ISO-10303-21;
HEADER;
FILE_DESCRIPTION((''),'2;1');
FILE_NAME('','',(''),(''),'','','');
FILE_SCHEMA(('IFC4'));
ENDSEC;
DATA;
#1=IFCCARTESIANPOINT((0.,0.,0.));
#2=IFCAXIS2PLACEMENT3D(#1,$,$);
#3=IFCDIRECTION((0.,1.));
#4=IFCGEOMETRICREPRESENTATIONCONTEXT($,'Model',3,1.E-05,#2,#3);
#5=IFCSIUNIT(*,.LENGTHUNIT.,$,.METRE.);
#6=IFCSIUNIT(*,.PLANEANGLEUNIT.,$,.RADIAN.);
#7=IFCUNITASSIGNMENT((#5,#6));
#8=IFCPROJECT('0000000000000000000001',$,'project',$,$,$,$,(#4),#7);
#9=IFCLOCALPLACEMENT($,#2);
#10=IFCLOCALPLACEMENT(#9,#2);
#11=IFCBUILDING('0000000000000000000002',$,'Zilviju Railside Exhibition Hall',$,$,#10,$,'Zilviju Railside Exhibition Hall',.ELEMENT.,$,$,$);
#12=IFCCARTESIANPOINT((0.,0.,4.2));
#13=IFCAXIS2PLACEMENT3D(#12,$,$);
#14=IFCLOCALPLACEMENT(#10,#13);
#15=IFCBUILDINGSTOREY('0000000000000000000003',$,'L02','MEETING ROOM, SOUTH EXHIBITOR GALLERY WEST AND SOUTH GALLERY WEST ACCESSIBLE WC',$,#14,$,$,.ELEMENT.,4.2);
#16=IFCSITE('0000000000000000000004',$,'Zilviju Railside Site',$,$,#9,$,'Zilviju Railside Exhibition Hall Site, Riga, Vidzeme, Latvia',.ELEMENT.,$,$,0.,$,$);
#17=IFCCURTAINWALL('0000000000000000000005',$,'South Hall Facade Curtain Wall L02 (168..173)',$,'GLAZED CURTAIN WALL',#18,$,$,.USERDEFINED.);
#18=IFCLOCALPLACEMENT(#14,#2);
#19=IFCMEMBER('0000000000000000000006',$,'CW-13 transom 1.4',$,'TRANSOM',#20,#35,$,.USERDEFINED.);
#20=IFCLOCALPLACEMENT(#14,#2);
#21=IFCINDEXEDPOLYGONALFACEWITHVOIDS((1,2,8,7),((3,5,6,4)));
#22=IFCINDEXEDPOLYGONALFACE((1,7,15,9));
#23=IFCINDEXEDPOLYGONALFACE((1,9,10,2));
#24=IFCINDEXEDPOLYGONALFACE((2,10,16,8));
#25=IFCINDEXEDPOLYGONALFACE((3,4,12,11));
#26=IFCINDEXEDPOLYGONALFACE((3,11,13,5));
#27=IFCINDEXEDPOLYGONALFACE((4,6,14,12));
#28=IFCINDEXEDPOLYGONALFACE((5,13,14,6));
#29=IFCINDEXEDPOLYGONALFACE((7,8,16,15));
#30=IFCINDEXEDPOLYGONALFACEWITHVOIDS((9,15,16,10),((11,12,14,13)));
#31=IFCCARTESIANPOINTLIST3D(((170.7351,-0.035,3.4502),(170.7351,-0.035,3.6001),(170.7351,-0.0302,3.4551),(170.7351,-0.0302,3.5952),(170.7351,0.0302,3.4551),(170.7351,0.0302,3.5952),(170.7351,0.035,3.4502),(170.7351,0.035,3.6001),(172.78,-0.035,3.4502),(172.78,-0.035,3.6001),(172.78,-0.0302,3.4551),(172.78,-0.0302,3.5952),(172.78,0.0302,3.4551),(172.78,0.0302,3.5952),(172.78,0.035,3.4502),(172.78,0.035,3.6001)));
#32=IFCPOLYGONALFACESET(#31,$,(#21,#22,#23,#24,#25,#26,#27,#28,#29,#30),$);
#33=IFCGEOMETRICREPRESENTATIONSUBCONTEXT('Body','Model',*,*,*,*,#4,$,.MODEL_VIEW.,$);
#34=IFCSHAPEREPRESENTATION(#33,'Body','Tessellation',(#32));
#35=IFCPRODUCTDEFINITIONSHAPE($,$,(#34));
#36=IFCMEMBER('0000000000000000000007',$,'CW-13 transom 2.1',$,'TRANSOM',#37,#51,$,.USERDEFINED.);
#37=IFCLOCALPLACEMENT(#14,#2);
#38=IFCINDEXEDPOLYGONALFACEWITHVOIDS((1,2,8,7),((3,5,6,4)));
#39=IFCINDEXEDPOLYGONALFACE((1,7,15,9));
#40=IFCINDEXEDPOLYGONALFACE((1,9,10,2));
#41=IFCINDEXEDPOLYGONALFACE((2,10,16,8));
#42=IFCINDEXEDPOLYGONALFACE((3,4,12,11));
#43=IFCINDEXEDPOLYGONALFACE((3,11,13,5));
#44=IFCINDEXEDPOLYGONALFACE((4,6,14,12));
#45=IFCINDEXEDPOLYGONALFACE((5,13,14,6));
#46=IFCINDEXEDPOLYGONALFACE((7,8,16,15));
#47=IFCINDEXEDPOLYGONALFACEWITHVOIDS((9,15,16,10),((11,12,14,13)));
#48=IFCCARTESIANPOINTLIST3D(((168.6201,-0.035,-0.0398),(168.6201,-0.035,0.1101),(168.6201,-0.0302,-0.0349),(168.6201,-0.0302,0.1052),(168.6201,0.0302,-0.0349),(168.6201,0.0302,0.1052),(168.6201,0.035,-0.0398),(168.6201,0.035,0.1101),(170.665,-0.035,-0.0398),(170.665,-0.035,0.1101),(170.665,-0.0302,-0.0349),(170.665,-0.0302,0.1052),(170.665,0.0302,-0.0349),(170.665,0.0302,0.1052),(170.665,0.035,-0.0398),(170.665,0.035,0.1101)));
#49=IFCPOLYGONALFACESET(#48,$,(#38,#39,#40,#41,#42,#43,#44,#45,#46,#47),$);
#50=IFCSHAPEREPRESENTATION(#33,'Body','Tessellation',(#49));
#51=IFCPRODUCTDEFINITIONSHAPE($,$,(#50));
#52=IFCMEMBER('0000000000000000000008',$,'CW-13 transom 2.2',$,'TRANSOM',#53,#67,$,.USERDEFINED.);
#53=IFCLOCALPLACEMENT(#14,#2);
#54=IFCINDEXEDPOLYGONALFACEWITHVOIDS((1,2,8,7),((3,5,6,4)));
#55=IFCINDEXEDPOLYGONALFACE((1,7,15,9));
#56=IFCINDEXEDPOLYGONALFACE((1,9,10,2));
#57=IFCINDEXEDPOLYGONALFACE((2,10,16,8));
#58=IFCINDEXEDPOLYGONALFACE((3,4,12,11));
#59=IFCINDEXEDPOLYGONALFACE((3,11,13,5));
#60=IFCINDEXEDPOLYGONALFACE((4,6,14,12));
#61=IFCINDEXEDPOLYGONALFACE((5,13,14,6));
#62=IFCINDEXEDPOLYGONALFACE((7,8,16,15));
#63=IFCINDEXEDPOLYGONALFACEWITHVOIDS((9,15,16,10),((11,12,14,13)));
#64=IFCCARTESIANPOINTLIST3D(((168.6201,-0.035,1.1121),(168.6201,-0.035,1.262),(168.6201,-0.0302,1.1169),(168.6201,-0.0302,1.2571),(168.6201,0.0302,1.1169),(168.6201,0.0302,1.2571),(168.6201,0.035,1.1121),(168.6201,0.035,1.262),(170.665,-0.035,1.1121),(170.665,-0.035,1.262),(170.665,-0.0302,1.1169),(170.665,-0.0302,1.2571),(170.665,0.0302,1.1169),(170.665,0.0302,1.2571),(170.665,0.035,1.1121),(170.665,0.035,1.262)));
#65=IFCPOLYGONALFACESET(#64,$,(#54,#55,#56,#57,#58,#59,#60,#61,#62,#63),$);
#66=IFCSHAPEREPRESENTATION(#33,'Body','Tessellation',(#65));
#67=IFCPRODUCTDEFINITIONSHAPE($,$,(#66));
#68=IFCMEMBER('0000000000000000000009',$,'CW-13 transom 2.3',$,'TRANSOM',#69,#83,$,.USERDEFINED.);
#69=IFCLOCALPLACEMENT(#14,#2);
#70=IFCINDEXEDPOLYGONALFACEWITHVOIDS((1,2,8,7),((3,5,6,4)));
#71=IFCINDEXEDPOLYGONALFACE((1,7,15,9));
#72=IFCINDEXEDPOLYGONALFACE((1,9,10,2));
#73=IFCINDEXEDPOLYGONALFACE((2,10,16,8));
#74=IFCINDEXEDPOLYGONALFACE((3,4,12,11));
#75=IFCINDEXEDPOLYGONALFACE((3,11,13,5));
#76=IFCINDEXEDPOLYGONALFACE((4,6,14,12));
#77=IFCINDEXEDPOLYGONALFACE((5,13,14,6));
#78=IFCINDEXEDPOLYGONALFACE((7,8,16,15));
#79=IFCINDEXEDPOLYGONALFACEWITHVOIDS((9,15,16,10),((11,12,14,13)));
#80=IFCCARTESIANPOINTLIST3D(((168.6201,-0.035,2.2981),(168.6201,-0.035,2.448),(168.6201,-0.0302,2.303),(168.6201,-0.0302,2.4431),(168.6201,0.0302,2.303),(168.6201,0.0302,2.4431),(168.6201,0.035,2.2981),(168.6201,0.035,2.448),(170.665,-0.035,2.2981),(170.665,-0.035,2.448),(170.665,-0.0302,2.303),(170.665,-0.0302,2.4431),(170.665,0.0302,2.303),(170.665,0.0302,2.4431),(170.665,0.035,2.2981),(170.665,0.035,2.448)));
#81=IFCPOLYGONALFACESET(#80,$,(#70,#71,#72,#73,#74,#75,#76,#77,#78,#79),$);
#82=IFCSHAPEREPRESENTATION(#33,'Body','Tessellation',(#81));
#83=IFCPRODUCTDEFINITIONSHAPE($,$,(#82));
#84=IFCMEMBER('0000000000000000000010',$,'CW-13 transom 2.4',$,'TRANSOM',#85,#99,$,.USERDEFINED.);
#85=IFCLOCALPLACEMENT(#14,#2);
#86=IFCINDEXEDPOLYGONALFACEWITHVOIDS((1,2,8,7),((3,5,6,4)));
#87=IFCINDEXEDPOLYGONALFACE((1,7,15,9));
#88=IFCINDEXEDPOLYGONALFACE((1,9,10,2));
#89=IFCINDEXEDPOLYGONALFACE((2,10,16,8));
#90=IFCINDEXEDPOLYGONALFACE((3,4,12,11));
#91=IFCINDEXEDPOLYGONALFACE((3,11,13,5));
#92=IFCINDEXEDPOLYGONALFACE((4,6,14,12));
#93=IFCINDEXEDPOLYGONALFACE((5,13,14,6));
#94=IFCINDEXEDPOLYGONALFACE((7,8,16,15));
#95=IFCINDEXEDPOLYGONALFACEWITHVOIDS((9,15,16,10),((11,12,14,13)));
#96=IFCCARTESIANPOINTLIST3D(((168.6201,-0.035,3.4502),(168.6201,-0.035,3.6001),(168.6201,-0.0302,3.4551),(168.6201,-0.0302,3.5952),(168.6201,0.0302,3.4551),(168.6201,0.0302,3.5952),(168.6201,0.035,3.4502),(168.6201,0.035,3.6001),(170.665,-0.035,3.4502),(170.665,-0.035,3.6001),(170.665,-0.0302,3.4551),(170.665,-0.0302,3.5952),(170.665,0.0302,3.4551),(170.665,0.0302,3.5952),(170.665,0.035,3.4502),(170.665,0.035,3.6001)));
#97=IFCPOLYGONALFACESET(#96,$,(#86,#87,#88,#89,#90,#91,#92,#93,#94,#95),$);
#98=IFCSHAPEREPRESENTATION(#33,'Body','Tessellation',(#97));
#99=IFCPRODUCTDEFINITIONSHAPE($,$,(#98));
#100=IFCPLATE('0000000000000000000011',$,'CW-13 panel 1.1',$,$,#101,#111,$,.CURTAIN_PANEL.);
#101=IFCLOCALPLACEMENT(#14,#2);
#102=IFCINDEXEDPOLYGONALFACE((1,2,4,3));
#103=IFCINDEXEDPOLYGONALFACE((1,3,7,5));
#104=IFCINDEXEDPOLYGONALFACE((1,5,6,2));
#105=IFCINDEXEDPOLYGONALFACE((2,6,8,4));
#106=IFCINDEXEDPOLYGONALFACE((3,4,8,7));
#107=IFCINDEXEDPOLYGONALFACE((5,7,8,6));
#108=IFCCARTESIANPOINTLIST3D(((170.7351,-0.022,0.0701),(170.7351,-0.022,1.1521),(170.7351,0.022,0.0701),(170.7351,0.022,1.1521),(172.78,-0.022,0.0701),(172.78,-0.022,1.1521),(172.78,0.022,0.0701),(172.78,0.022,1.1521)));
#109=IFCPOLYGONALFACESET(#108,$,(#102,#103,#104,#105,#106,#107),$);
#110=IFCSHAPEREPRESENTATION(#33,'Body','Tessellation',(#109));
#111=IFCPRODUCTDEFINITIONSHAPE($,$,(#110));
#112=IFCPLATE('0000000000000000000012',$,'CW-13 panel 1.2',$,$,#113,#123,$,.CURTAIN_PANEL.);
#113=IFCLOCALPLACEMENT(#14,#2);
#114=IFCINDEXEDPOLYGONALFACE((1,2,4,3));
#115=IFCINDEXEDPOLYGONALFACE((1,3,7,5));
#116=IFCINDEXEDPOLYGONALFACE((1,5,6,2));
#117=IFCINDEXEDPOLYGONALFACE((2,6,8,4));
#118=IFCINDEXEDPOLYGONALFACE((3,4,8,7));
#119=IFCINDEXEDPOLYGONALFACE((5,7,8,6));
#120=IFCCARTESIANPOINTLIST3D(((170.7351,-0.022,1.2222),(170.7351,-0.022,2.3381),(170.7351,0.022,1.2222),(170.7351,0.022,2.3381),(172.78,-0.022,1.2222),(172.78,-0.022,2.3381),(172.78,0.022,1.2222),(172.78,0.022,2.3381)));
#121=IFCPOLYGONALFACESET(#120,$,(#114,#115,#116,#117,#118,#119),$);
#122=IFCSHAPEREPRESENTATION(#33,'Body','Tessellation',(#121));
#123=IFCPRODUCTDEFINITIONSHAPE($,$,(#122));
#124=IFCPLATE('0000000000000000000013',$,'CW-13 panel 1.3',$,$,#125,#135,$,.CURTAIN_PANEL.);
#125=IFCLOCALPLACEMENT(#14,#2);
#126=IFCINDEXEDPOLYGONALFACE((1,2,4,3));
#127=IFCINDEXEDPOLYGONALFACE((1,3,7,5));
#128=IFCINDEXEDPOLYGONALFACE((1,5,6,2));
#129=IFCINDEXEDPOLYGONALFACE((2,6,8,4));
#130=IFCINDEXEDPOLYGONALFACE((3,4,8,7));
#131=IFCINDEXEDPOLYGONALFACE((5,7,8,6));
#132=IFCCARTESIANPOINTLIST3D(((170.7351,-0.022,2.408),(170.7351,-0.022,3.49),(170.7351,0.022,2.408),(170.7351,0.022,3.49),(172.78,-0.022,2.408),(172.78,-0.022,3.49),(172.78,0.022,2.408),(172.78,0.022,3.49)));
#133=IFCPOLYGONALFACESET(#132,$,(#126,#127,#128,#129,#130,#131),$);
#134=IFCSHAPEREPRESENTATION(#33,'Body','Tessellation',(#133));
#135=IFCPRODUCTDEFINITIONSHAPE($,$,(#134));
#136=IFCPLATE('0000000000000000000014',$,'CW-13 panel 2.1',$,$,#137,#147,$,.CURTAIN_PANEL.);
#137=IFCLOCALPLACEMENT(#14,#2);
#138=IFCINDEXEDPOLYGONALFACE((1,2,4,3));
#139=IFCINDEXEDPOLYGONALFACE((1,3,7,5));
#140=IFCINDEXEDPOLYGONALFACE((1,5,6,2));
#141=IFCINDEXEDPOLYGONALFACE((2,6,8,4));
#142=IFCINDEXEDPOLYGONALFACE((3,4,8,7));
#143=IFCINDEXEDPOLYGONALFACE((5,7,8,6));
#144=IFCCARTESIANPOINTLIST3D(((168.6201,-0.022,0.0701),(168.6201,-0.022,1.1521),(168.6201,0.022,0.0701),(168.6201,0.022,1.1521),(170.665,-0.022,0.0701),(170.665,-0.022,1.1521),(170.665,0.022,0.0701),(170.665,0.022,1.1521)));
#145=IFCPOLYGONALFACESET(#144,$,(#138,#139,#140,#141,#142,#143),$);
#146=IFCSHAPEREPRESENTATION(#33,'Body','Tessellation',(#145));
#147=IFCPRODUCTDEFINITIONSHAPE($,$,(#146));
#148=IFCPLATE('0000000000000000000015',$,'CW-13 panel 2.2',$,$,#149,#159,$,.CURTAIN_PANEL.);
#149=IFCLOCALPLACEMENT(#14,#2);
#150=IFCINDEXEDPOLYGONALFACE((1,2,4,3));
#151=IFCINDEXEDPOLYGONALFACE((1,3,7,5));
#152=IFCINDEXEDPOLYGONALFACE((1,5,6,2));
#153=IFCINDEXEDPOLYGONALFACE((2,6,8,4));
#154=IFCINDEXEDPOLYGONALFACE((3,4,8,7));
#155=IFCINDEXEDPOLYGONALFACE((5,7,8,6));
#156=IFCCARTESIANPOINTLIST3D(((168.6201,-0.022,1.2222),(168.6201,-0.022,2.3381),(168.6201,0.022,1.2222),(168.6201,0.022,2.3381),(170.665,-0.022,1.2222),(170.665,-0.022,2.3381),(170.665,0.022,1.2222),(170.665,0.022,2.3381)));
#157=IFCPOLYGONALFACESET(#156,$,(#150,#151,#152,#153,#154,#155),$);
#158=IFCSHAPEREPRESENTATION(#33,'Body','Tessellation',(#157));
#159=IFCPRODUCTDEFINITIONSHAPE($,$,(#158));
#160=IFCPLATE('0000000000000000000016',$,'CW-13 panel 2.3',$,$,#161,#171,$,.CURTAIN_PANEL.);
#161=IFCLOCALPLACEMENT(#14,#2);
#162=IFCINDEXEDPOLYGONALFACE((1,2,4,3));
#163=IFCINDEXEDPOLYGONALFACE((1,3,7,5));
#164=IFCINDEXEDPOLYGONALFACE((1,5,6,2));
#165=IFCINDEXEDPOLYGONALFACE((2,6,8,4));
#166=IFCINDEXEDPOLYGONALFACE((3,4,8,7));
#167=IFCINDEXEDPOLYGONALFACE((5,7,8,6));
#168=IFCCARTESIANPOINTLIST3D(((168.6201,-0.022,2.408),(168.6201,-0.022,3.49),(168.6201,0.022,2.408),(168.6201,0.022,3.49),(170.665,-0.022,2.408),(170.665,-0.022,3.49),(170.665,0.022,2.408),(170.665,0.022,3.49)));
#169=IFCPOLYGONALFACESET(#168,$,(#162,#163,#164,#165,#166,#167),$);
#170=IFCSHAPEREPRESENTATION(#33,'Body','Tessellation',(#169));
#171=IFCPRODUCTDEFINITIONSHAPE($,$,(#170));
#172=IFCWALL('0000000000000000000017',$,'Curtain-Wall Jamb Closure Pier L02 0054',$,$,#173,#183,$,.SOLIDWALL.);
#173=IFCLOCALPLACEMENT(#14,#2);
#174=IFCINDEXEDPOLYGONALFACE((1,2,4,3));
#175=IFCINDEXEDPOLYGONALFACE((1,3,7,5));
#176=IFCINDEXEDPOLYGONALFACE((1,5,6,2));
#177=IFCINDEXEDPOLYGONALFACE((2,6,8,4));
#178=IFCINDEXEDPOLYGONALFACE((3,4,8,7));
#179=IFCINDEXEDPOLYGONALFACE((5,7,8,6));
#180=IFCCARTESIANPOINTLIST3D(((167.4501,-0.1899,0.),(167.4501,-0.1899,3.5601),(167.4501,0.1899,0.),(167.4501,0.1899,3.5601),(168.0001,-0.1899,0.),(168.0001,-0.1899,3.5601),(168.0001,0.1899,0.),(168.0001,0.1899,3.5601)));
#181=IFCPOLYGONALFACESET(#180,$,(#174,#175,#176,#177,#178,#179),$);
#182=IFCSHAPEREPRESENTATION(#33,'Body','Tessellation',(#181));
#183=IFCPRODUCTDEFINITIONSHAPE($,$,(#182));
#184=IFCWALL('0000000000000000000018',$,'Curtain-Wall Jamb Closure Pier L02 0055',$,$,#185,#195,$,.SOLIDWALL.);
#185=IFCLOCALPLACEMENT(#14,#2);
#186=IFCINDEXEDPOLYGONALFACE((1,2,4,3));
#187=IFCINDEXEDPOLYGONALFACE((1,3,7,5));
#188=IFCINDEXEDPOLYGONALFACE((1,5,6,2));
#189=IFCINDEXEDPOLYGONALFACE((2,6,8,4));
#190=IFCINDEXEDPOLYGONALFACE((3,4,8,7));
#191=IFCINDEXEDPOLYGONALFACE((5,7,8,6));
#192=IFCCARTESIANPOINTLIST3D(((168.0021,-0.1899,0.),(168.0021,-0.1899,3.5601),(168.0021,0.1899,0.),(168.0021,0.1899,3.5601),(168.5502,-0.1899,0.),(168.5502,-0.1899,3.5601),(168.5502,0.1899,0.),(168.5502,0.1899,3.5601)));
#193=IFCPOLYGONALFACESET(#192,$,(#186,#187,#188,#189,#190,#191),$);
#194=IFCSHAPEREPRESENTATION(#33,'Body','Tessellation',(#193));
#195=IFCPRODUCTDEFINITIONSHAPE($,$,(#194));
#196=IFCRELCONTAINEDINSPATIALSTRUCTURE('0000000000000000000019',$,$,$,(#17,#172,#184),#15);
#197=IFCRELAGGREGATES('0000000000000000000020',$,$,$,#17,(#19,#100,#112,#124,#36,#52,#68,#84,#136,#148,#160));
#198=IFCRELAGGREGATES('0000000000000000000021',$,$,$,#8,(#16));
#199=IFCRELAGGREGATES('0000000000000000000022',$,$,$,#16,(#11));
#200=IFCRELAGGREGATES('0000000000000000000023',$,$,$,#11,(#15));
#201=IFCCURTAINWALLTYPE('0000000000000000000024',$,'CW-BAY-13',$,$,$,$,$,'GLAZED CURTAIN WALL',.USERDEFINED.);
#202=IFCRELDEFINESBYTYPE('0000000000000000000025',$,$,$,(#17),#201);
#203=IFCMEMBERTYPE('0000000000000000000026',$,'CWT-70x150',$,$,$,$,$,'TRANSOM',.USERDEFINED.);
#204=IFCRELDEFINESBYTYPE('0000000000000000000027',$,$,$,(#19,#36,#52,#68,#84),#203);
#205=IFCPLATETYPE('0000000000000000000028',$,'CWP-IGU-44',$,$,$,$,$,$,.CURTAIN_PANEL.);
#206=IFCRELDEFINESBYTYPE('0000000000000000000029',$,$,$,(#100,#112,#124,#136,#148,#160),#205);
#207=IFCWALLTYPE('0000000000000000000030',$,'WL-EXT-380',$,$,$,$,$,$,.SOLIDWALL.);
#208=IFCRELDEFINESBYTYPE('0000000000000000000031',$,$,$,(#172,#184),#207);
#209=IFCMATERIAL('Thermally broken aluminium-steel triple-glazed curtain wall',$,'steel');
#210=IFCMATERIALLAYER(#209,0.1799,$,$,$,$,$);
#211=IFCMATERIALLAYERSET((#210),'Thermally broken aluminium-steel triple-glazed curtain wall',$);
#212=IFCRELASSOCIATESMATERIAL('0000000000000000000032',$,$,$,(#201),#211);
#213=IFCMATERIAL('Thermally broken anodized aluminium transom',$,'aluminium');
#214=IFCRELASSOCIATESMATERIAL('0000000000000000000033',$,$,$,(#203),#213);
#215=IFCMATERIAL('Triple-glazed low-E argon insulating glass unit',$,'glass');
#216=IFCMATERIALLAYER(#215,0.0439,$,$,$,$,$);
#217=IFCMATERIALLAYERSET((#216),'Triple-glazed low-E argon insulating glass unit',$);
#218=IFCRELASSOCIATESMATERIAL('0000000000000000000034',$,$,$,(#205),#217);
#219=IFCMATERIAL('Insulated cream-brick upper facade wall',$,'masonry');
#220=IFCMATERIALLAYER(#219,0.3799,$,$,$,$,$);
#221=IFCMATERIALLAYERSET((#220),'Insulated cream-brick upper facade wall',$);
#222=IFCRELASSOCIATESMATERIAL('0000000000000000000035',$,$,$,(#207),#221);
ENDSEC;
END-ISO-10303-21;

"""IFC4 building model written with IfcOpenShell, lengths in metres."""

from ifc_helpers import new_model, si_unit, direction, frame, frame_2d, origin, origin_2d, place, context, subcontext, project, spatial, rectangle, hollow_rectangle, extrude, material, layer, layer_set, material_profile, profile_set, type_object, element, aggregate, save


model = new_model("IFC4")

# Units and contexts
model_context = context("Model", 3, precision=1e-05, world=origin(), true_north=direction((0.0, 1.0)))
body_context = subcontext(model_context, "Body", "Model", "MODEL_VIEW")
ifc_project = project(units=[si_unit("LENGTHUNIT", "METRE"), si_unit("PLANEANGLEUNIT", "RADIAN")], contexts=[model_context])

# Site, building, storey
site_placement = place(None, origin())
site = spatial("IfcSite", under=ifc_project, at=site_placement, Name="Zilviju Railside Site", LongName="Zilviju Railside Exhibition Hall Site, Riga, Vidzeme, Latvia", CompositionType="ELEMENT", RefElevation=0.0)
building_placement = place(site_placement, origin())
building = spatial("IfcBuilding", under=site, at=building_placement, Name="Zilviju Railside Exhibition Hall", LongName="Zilviju Railside Exhibition Hall", CompositionType="ELEMENT")
storey_placement = place(building_placement, frame((0.0, 0.0, 4.2)))
storey = spatial("IfcBuildingStorey", under=building, at=storey_placement, Name="L02", Description="MEETING ROOM, SOUTH EXHIBITOR GALLERY WEST AND SOUTH GALLERY WEST ACCESSIBLE WC", CompositionType="ELEMENT", Elevation=4.2)

# Shared definitions
ifc_material_1 = material(Name="Thermally broken aluminium-steel triple-glazed curtain wall", Category="steel")

# Curtain wall, members, plates
ifc_layer_1 = layer(ifc_material_1, 0.1799)
ifc_layer_set_1 = layer_set([ifc_layer_1], Name="Thermally broken aluminium-steel triple-glazed curtain wall")
curtain_wall_type_1 = type_object("IfcCurtainWallType", Name="CW-BAY-13", ElementType="GLAZED CURTAIN WALL", PredefinedType="USERDEFINED", material=ifc_layer_set_1)
curtain_wall_1_placement = place(storey_placement, origin())
curtain_wall_1 = element("IfcCurtainWall", 1, at=curtain_wall_1_placement, inside=storey, type_object=curtain_wall_type_1, Name="South Hall Facade Curtain Wall L02 (168..173)", ObjectType="GLAZED CURTAIN WALL", PredefinedType="USERDEFINED")
ifc_material_2 = material(Name="Thermally broken anodized aluminium transom", Category="aluminium")
ifc_material_profile_1 = material_profile(ifc_material_2, hollow_rectangle(XDim=0.0701, YDim=0.1499, WallThickness=0.0049, at=origin_2d()), Name="TRANSOM 150x70x5")
ifc_profile_set_1 = profile_set([ifc_material_profile_1], Name="Thermally broken anodized aluminium transom")
member_type_1 = type_object("IfcMemberType", Name="CWT-70x150", ElementType="TRANSOM", PredefinedType="USERDEFINED", material=ifc_profile_set_1)
member_1_placement = place(storey_placement, frame((172.78, 0.0, 3.5251), z_axis=(-1.0, 0.0, 0.0), x_axis=(0.0, -1.0, 0.0)))
member_1 = element("IfcMember", 2, at=member_1_placement, type_object=member_type_1, Name="CW-13 transom 1.4", ObjectType="TRANSOM", PredefinedType="USERDEFINED", context=body_context, shape_type="SweptSolid", body=[
    extrude(hollow_rectangle(XDim=0.0701, YDim=0.1499, WallThickness=0.0049, at=origin_2d()), origin(), (0.0, 0.0, 1.0), 2.0449),
])
member_2_placement = place(storey_placement, frame((170.665, 0.0, 0.0352), z_axis=(-1.0, 0.0, 0.0), x_axis=(0.0, -1.0, 0.0)))
member_2 = element("IfcMember", 3, at=member_2_placement, type_object=member_type_1, Name="CW-13 transom 2.1", ObjectType="TRANSOM", PredefinedType="USERDEFINED", context=body_context, shape_type="SweptSolid", body=[
    extrude(hollow_rectangle(XDim=0.0701, YDim=0.1499, WallThickness=0.0049, at=origin_2d()), origin(), (0.0, 0.0, 1.0), 2.0449),
])
member_3_placement = place(storey_placement, frame((170.665, 0.0, 1.187), z_axis=(-1.0, 0.0, 0.0), x_axis=(0.0, -1.0, 0.0)))
member_3 = element("IfcMember", 4, at=member_3_placement, type_object=member_type_1, Name="CW-13 transom 2.2", ObjectType="TRANSOM", PredefinedType="USERDEFINED", context=body_context, shape_type="SweptSolid", body=[
    extrude(hollow_rectangle(XDim=0.0701, YDim=0.1499, WallThickness=0.0049, at=origin_2d()), origin(), (0.0, 0.0, 1.0), 2.0449),
])
member_4_placement = place(storey_placement, frame((170.665, 0.0, 2.373), z_axis=(-1.0, 0.0, 0.0), x_axis=(0.0, -1.0, 0.0)))
member_4 = element("IfcMember", 5, at=member_4_placement, type_object=member_type_1, Name="CW-13 transom 2.3", ObjectType="TRANSOM", PredefinedType="USERDEFINED", context=body_context, shape_type="SweptSolid", body=[
    extrude(hollow_rectangle(XDim=0.0701, YDim=0.1499, WallThickness=0.0049, at=origin_2d()), origin(), (0.0, 0.0, 1.0), 2.0449),
])
member_5_placement = place(storey_placement, frame((170.665, 0.0, 3.5251), z_axis=(-1.0, 0.0, 0.0), x_axis=(0.0, -1.0, 0.0)))
member_5 = element("IfcMember", 6, at=member_5_placement, type_object=member_type_1, Name="CW-13 transom 2.4", ObjectType="TRANSOM", PredefinedType="USERDEFINED", context=body_context, shape_type="SweptSolid", body=[
    extrude(hollow_rectangle(XDim=0.0701, YDim=0.1499, WallThickness=0.0049, at=origin_2d()), origin(), (0.0, 0.0, 1.0), 2.0449),
])
ifc_material_3 = material(Name="Triple-glazed low-E argon insulating glass unit", Category="glass")
ifc_layer_2 = layer(ifc_material_3, 0.0439)
ifc_layer_set_2 = layer_set([ifc_layer_2], Name="Triple-glazed low-E argon insulating glass unit")
plate_type = type_object("IfcPlateType", Name="CWP-IGU-44", PredefinedType="CURTAIN_PANEL", material=ifc_layer_set_2)
plate_1_placement = place(storey_placement, frame((171.7576, 0.0, 0.0701), z_axis=(0.0, 0.0, 1.0), x_axis=(-1.0, 0.0, 0.0)))
plate_1 = element("IfcPlate", 7, at=plate_1_placement, type_object=plate_type, Name="CW-13 panel 1.1", PredefinedType="CURTAIN_PANEL", context=body_context, shape_type="SweptSolid", body=[
    extrude(rectangle(XDim=2.0449, YDim=0.0439, at=origin_2d()), origin(), (0.0, 0.0, 1.0), 1.082),
])
plate_2_placement = place(storey_placement, frame((171.7576, 0.0, 1.2222), z_axis=(0.0, 0.0, 1.0), x_axis=(-1.0, 0.0, 0.0)))
plate_2 = element("IfcPlate", 8, at=plate_2_placement, type_object=plate_type, Name="CW-13 panel 1.2", PredefinedType="CURTAIN_PANEL", context=body_context, shape_type="SweptSolid", body=[
    extrude(rectangle(XDim=2.0449, YDim=0.0439, at=origin_2d()), origin(), (0.0, 0.0, 1.0), 1.116),
])
plate_3_placement = place(storey_placement, frame((171.7576, 0.0, 2.408), z_axis=(0.0, 0.0, 1.0), x_axis=(-1.0, 0.0, 0.0)))
plate_3 = element("IfcPlate", 9, at=plate_3_placement, type_object=plate_type, Name="CW-13 panel 1.3", PredefinedType="CURTAIN_PANEL", context=body_context, shape_type="SweptSolid", body=[
    extrude(rectangle(XDim=2.0449, YDim=0.0439, at=origin_2d()), origin(), (0.0, 0.0, 1.0), 1.082),
])
plate_4_placement = place(storey_placement, frame((169.6426, 0.0, 0.0701), z_axis=(0.0, 0.0, 1.0), x_axis=(-1.0, 0.0, 0.0)))
plate_4 = element("IfcPlate", 10, at=plate_4_placement, type_object=plate_type, Name="CW-13 panel 2.1", PredefinedType="CURTAIN_PANEL", context=body_context, shape_type="SweptSolid", body=[
    extrude(rectangle(XDim=2.0449, YDim=0.0439, at=origin_2d()), origin(), (0.0, 0.0, 1.0), 1.082),
])
plate_5_placement = place(storey_placement, frame((169.6426, 0.0, 1.2222), z_axis=(0.0, 0.0, 1.0), x_axis=(-1.0, 0.0, 0.0)))
plate_5 = element("IfcPlate", 11, at=plate_5_placement, type_object=plate_type, Name="CW-13 panel 2.2", PredefinedType="CURTAIN_PANEL", context=body_context, shape_type="SweptSolid", body=[
    extrude(rectangle(XDim=2.0449, YDim=0.0439, at=origin_2d()), origin(), (0.0, 0.0, 1.0), 1.116),
])
plate_6_placement = place(storey_placement, frame((169.6426, 0.0, 2.408), z_axis=(0.0, 0.0, 1.0), x_axis=(-1.0, 0.0, 0.0)))
plate_6 = element("IfcPlate", 12, at=plate_6_placement, type_object=plate_type, Name="CW-13 panel 2.3", PredefinedType="CURTAIN_PANEL", context=body_context, shape_type="SweptSolid", body=[
    extrude(rectangle(XDim=2.0449, YDim=0.0439, at=origin_2d()), origin(), (0.0, 0.0, 1.0), 1.082),
])
aggregate(curtain_wall_1, [member_1, plate_1, plate_2, plate_3, member_2, member_3, member_4, member_5, plate_4, plate_5, plate_6])

# Walls
ifc_material_4 = material(Name="Insulated cream-brick upper facade wall", Category="masonry")
ifc_layer_3 = layer(ifc_material_4, 0.3799)
ifc_layer_set_3 = layer_set([ifc_layer_3], Name="Insulated cream-brick upper facade wall")
wall_type = type_object("IfcWallType", Name="WL-EXT-380", PredefinedType="SOLIDWALL", material=ifc_layer_set_3)
wall_1_placement = place(storey_placement, frame((168.0, 0.0, 0.0), z_axis=(0.0, 0.0, 1.0), x_axis=(-1.0, 0.0, 0.0)))
element("IfcWall", 13, at=wall_1_placement, inside=storey, type_object=wall_type, Name="Curtain-Wall Jamb Closure Pier L02 0054", PredefinedType="SOLIDWALL", context=body_context, shape_type="SweptSolid", body=[
    extrude(rectangle(XDim=0.55, YDim=0.3799, at=frame_2d((0.2749, 0.0))), origin(), (0.0, 0.0, 1.0), 3.5601),
])
wall_2_placement = place(storey_placement, frame((168.55, 0.0, 0.0), z_axis=(0.0, 0.0, 1.0), x_axis=(-1.0, 0.0, 0.0)))
element("IfcWall", 14, at=wall_2_placement, inside=storey, type_object=wall_type, Name="Curtain-Wall Jamb Closure Pier L02 0055", PredefinedType="SOLIDWALL", context=body_context, shape_type="SweptSolid", body=[
    extrude(rectangle(XDim=0.5481, YDim=0.3799, at=frame_2d((0.2739, 0.0))), origin(), (0.0, 0.0, 1.0), 3.5601),
])

save(model, "model.ifc")
